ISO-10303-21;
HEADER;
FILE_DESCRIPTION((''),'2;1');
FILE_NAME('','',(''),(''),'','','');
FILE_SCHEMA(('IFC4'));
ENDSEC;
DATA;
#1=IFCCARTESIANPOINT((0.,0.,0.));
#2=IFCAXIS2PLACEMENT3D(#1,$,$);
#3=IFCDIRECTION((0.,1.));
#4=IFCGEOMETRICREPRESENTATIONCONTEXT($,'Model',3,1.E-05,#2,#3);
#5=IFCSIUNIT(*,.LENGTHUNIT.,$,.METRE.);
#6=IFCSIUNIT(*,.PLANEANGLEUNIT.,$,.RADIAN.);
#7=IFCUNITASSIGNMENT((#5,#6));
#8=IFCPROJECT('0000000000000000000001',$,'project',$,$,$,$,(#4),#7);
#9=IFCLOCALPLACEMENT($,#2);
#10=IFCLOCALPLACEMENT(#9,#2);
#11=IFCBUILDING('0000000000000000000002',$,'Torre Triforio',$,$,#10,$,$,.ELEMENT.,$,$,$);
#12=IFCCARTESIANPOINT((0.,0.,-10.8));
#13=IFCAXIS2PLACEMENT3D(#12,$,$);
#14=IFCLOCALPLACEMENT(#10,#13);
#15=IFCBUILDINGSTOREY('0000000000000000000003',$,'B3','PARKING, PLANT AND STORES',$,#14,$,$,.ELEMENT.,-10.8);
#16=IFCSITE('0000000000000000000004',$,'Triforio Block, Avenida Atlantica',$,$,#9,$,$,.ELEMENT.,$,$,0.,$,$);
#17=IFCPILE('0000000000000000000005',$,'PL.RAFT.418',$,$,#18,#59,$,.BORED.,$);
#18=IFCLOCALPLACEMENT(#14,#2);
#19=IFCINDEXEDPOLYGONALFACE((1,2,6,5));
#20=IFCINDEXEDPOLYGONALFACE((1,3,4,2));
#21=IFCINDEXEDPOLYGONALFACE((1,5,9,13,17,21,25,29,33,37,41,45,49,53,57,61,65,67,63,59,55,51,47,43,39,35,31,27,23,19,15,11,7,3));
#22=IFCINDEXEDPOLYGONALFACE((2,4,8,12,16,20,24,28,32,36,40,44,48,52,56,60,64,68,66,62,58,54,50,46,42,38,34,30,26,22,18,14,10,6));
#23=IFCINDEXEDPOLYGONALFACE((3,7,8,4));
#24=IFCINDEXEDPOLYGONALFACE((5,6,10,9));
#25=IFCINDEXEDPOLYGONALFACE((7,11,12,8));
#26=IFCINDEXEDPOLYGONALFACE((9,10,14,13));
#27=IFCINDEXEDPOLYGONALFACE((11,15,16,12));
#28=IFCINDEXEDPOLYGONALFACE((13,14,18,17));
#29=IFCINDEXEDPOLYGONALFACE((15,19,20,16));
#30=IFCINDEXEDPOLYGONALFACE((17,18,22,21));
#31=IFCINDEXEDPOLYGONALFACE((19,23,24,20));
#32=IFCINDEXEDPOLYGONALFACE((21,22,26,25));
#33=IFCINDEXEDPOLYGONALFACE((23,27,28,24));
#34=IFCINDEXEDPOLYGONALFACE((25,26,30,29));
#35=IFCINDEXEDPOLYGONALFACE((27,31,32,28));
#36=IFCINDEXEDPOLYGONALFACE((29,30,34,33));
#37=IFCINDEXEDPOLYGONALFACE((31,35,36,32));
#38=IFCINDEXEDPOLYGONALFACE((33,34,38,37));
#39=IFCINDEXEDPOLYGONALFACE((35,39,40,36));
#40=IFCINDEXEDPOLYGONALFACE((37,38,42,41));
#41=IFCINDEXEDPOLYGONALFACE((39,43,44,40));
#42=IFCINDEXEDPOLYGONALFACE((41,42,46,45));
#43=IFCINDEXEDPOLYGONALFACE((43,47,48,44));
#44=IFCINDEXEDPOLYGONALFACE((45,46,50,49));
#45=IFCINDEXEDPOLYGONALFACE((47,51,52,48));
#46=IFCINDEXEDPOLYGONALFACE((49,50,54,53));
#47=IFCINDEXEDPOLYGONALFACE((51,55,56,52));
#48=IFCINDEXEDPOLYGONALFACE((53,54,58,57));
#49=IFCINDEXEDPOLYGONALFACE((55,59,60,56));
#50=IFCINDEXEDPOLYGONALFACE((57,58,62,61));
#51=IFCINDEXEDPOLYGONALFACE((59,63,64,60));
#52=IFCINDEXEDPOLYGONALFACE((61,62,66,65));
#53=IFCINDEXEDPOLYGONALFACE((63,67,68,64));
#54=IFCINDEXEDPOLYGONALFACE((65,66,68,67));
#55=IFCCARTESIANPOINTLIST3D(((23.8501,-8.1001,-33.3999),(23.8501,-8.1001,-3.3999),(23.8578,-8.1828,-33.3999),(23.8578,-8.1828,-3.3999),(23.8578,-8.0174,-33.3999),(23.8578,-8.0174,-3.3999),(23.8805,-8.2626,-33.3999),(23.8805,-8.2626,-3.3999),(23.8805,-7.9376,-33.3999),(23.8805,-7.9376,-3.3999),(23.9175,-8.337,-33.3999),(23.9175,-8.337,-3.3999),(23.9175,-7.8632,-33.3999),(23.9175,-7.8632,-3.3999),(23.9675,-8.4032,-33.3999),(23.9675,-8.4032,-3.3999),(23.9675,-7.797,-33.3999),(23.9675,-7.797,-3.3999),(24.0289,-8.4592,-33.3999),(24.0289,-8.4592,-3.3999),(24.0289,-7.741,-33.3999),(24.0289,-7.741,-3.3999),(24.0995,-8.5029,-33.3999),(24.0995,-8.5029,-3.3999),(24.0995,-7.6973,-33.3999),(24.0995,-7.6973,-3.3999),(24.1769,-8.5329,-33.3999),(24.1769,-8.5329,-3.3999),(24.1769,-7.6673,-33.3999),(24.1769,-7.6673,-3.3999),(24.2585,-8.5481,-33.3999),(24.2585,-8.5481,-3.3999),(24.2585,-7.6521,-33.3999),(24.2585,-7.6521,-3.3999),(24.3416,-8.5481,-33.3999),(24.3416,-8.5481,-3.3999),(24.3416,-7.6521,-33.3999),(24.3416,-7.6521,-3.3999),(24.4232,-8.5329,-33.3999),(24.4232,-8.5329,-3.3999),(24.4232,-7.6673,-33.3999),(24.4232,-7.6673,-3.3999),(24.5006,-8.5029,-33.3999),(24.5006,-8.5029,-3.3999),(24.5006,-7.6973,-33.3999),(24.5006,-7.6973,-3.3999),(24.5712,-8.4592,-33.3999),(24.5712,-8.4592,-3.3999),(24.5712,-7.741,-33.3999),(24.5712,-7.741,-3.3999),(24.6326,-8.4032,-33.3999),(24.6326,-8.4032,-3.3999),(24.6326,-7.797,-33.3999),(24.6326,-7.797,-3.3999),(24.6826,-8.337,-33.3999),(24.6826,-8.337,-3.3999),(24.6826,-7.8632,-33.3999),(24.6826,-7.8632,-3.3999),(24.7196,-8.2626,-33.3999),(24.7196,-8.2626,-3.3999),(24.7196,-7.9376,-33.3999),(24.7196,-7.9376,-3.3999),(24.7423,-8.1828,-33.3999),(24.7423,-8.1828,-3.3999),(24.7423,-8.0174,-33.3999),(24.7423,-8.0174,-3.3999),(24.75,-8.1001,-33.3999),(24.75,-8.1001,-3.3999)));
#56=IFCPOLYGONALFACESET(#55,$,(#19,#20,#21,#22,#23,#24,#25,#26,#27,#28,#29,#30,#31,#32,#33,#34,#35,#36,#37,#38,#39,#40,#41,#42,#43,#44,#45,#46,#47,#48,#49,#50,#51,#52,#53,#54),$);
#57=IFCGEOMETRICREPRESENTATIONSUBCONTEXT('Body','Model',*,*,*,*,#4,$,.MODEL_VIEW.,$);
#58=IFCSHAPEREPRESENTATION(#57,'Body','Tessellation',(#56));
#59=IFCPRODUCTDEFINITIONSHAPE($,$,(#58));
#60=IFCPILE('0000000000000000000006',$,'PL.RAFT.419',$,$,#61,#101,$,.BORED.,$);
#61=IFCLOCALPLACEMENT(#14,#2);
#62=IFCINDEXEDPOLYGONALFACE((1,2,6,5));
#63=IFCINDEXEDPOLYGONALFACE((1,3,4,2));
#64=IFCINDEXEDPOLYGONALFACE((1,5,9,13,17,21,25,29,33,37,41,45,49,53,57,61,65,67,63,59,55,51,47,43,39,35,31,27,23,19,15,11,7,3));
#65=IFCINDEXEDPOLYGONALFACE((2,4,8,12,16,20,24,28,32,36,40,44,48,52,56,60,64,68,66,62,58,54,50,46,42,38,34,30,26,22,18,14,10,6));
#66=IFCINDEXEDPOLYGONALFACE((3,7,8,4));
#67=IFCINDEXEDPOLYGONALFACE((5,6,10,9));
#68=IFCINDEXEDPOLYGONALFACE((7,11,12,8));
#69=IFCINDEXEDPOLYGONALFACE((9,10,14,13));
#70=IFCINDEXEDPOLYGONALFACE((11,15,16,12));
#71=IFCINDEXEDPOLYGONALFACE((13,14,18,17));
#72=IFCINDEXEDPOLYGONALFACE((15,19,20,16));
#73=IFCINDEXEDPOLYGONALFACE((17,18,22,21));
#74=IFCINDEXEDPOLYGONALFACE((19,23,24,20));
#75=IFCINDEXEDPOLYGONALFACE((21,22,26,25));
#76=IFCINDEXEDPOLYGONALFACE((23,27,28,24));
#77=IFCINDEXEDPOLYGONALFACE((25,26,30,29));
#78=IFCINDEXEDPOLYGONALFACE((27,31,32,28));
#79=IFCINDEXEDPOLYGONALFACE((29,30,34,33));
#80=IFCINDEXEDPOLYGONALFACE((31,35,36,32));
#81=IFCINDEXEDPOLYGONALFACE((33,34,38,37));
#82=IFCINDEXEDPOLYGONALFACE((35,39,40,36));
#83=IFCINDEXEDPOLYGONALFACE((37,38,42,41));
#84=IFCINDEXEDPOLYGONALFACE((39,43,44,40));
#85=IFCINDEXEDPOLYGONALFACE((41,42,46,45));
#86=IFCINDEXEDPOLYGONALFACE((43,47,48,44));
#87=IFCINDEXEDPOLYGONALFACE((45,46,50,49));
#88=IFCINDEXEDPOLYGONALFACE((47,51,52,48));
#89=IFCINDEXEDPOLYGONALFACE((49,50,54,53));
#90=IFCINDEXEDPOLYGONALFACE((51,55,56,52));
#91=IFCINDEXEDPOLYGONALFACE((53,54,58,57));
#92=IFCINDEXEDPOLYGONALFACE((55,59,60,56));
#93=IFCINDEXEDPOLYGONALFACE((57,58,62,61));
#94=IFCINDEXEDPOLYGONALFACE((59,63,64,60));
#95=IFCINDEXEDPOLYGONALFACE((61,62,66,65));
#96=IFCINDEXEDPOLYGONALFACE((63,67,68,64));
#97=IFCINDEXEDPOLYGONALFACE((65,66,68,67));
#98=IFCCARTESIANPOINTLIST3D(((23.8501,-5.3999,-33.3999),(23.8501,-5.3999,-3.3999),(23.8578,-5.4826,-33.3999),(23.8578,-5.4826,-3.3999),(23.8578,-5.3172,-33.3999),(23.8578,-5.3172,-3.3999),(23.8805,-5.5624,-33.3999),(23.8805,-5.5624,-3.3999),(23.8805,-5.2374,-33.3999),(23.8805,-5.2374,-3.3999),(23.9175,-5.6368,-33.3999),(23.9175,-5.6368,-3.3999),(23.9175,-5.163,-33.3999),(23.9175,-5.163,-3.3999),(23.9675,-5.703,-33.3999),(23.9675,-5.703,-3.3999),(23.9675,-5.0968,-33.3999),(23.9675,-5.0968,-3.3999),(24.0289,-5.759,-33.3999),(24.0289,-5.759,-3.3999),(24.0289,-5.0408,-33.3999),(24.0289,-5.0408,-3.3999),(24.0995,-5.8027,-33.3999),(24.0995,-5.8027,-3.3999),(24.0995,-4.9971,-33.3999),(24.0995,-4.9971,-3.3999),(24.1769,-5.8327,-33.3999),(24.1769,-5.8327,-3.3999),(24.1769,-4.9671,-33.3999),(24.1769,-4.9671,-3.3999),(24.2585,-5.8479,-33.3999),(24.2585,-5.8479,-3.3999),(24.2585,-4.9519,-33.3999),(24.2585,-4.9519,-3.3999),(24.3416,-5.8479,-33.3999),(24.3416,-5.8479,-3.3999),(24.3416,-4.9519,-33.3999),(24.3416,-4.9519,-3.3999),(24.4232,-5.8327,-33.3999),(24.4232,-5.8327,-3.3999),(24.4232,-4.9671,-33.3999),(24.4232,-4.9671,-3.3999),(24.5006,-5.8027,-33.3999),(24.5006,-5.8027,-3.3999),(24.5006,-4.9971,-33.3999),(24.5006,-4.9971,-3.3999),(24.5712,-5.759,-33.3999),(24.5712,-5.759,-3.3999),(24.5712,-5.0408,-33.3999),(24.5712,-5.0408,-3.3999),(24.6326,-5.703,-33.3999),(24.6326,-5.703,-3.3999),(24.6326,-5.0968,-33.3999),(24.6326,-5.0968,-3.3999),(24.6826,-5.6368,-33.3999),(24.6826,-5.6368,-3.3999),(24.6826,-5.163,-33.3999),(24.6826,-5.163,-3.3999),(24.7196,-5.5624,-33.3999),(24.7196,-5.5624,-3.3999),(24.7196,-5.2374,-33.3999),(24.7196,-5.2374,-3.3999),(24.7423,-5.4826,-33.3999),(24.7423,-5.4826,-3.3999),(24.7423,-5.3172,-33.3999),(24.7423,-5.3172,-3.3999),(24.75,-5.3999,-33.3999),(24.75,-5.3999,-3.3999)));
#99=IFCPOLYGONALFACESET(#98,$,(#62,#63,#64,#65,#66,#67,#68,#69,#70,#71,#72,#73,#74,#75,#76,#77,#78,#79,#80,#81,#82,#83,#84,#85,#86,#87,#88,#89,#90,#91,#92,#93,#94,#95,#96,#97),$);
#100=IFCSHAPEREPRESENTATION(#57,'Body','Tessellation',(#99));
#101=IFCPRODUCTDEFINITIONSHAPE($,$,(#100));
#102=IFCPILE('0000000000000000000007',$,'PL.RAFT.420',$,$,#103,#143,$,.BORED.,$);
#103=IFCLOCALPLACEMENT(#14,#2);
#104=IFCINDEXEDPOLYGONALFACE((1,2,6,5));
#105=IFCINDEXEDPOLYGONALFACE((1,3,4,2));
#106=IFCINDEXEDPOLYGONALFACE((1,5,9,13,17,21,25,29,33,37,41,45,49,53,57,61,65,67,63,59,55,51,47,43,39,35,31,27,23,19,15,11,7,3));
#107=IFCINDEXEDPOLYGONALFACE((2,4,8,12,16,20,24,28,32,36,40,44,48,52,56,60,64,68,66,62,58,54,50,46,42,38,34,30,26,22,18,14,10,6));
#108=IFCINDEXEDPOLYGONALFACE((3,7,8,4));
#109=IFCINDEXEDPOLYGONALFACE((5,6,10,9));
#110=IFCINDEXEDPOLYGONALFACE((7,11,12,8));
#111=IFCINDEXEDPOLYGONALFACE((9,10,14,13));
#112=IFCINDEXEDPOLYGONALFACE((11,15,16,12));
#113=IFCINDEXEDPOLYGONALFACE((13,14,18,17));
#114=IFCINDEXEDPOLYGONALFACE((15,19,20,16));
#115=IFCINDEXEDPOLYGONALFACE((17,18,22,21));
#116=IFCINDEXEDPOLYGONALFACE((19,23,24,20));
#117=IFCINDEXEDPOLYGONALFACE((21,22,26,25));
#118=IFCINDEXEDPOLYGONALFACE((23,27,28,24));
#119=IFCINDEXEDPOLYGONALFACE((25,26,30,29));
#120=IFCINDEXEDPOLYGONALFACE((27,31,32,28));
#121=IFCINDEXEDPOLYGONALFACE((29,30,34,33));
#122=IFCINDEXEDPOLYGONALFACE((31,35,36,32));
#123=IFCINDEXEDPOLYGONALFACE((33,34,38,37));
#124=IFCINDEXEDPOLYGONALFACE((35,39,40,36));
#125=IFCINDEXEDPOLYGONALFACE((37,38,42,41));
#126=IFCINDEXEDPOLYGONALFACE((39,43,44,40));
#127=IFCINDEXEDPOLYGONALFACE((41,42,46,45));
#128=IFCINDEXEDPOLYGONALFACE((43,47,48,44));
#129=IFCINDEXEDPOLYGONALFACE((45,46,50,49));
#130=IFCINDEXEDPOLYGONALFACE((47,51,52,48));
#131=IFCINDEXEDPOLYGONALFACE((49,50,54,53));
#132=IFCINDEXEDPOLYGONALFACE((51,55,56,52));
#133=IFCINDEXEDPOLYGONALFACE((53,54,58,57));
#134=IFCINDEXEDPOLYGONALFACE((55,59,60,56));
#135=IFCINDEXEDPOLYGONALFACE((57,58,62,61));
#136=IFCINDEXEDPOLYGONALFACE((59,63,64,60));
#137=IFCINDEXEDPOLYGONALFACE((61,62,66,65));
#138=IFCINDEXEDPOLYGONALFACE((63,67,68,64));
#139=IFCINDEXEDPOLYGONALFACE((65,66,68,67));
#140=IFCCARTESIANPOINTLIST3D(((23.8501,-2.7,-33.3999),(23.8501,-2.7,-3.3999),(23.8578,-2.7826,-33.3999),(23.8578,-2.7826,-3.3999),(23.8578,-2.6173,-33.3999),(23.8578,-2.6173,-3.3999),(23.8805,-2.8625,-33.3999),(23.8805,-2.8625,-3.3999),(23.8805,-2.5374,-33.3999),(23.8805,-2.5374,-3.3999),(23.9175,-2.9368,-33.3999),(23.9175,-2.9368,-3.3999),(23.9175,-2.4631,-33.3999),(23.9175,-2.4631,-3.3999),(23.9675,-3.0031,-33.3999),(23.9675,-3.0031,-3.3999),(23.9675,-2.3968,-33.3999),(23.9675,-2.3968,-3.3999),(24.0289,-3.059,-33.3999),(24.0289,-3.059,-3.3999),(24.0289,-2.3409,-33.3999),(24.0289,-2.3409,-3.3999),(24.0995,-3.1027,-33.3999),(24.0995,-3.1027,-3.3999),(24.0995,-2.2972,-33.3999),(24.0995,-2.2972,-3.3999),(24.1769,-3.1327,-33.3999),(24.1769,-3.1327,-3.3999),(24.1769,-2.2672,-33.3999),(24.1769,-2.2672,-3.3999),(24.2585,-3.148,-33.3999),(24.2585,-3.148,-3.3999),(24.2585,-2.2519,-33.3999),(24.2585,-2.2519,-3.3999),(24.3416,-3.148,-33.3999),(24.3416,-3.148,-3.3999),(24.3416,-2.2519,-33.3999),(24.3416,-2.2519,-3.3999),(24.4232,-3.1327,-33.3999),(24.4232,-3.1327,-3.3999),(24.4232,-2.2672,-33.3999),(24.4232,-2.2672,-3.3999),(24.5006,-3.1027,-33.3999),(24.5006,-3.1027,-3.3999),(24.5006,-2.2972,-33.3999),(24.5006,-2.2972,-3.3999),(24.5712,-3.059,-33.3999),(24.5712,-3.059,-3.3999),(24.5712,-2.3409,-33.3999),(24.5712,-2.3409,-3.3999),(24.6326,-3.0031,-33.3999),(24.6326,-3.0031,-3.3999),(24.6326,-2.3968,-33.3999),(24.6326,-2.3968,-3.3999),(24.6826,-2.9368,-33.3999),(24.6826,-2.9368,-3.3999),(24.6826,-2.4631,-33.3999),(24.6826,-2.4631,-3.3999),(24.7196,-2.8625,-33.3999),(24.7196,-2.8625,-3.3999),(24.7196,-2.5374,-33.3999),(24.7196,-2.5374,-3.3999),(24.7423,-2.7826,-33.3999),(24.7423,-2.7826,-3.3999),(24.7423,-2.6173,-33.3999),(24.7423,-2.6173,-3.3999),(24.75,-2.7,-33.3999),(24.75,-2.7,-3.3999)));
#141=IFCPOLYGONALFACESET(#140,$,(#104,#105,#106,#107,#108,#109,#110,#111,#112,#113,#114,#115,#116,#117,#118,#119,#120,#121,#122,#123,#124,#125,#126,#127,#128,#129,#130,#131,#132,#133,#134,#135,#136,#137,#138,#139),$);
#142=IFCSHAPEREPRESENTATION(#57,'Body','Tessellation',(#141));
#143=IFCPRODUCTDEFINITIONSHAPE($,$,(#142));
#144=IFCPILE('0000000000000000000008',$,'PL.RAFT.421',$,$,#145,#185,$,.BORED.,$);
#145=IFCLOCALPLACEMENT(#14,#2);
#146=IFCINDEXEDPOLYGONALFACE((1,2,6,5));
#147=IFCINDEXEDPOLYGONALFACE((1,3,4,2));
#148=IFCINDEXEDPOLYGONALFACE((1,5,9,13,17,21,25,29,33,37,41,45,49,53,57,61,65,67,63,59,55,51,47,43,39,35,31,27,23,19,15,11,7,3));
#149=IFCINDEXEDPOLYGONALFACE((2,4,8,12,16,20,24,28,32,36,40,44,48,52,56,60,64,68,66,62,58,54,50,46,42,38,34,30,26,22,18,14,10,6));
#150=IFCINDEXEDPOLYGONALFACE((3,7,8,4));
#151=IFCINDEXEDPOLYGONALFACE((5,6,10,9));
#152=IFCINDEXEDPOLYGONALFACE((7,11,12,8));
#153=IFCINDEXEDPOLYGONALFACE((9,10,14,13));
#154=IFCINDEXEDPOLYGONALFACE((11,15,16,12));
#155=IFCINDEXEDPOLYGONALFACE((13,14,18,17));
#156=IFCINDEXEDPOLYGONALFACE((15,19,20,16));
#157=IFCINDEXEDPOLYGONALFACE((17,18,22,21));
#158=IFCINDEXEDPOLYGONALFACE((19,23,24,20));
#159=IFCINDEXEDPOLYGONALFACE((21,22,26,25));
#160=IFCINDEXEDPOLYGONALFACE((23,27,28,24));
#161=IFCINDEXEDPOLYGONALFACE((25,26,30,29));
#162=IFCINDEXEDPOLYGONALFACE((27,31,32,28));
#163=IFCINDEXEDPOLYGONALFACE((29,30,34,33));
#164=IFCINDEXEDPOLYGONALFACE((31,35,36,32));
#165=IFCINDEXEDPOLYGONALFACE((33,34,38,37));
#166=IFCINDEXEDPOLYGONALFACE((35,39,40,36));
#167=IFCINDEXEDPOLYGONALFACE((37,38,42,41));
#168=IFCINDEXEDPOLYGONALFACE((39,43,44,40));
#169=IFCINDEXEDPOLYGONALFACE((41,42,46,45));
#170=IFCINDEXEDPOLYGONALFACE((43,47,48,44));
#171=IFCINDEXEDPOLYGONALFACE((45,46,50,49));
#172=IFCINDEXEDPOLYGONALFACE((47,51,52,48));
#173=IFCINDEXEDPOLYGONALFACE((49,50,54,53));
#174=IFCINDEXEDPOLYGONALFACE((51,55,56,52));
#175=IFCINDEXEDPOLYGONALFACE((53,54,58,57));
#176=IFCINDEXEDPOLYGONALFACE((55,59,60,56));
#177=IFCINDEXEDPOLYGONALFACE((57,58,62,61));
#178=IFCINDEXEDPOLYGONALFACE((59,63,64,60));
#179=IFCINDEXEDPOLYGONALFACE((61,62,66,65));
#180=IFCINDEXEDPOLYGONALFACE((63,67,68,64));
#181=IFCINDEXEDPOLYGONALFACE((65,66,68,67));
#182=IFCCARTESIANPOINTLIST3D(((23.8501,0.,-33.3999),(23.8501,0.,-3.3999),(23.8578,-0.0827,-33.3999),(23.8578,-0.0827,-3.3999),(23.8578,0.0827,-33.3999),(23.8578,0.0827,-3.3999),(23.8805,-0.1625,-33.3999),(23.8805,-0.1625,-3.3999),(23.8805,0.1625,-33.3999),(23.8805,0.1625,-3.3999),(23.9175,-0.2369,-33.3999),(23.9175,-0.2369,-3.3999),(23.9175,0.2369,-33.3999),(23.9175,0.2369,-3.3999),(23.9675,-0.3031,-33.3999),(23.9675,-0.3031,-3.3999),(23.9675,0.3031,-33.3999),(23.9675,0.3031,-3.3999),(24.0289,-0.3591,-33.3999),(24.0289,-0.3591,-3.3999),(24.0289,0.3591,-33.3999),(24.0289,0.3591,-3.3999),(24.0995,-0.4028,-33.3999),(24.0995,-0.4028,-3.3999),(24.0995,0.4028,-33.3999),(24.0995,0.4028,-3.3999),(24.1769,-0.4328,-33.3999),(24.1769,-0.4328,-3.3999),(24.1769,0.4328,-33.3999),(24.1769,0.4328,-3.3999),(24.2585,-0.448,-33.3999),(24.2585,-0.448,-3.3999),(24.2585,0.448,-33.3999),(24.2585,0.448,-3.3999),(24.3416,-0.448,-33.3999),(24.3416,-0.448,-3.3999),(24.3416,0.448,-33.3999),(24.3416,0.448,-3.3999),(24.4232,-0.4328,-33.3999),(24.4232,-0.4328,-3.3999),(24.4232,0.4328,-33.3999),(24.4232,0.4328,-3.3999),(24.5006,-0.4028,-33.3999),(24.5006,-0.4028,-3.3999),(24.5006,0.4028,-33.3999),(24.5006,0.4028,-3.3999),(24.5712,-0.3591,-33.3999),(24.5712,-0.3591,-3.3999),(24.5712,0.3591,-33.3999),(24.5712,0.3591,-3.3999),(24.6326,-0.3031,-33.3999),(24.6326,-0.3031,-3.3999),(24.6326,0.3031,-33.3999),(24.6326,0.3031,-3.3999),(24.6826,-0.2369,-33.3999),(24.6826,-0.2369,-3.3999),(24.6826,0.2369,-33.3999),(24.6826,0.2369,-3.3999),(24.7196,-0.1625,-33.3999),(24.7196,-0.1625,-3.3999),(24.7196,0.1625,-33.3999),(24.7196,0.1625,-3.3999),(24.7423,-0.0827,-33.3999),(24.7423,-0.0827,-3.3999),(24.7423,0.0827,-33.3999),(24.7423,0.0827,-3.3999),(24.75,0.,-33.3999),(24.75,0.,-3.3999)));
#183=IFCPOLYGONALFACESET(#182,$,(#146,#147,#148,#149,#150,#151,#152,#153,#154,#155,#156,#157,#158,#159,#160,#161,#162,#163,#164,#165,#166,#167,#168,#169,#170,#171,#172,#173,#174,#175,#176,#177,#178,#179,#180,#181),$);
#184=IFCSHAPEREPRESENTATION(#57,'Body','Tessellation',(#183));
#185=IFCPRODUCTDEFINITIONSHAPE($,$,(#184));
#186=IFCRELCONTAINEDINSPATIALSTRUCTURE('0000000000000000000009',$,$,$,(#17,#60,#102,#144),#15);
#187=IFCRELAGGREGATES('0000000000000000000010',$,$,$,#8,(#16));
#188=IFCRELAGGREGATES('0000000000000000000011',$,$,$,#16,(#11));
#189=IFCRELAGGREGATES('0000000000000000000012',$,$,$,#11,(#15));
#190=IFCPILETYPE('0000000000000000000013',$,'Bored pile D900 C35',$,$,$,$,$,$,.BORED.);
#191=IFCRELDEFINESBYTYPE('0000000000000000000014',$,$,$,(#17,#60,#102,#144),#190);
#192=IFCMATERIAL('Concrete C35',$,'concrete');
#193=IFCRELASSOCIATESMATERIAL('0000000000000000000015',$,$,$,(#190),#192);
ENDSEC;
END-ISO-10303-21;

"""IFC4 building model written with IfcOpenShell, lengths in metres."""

from ifc_helpers import new_model, si_unit, direction, frame, origin, origin_2d, place, context, subcontext, project, spatial, circle, extrude, material, material_profile, profile_set, type_object, element, save


model = new_model("IFC4")

# Units and contexts
model_context = context("Model", 3, precision=1e-05, world=origin(), true_north=direction((0.0, 1.0)))
body_context = subcontext(model_context, "Body", "Model", "MODEL_VIEW")
ifc_project = project(units=[si_unit("LENGTHUNIT", "METRE"), si_unit("PLANEANGLEUNIT", "RADIAN")], contexts=[model_context])

# Site, building, storey
site_placement = place(None, origin())
site = spatial("IfcSite", under=ifc_project, at=site_placement, Name="Triforio Block, Avenida Atlantica", CompositionType="ELEMENT", RefElevation=0.0)
building_placement = place(site_placement, origin())
building = spatial("IfcBuilding", under=site, at=building_placement, Name="Torre Triforio", CompositionType="ELEMENT")
storey_placement = place(building_placement, frame((0.0, 0.0, -10.8)))
storey = spatial("IfcBuildingStorey", under=building, at=storey_placement, Name="B3", Description="PARKING, PLANT AND STORES", CompositionType="ELEMENT", Elevation=-10.8)

# Piles
ifc_material_1 = material(Name="Concrete C35", Category="concrete")
ifc_material_profile_1 = material_profile(ifc_material_1, circle(Radius=0.45, at=origin_2d()), Name="RC D900")
ifc_profile_set_1 = profile_set([ifc_material_profile_1], Name="Concrete C35")
pile_type = type_object("IfcPileType", Name="Bored pile D900 C35", PredefinedType="BORED", material=ifc_profile_set_1)
for number, where, z_axis, x_axis, name in (
    (1, (24.3, -8.1001, -3.3999), (0.0, 0.0, -1.0), (1.0, 0.0, 0.0), "PL.RAFT.418"),
    (2, (24.3, -5.3999, -3.3999), (0.0, 0.0, -1.0), (1.0, 0.0, 0.0), "PL.RAFT.419"),
    (3, (24.3, -2.7, -3.3999), (0.0, 0.0, -1.0), (1.0, 0.0, 0.0), "PL.RAFT.420"),
    (4, (24.3, 0.0, -3.3999), (0.0, 0.0, -1.0), (1.0, 0.0, 0.0), "PL.RAFT.421"),
):
    element("IfcPile", number, at=place(storey_placement, frame(where, z_axis=z_axis, x_axis=x_axis)), inside=storey, type_object=pile_type, Name=name, PredefinedType="BORED", context=body_context, shape_type="SweptSolid", body=[
        extrude(circle(Radius=0.45, at=origin_2d()), origin(), (0.0, 0.0, 1.0), 30.0),
    ])

save(model, "model.ifc")
